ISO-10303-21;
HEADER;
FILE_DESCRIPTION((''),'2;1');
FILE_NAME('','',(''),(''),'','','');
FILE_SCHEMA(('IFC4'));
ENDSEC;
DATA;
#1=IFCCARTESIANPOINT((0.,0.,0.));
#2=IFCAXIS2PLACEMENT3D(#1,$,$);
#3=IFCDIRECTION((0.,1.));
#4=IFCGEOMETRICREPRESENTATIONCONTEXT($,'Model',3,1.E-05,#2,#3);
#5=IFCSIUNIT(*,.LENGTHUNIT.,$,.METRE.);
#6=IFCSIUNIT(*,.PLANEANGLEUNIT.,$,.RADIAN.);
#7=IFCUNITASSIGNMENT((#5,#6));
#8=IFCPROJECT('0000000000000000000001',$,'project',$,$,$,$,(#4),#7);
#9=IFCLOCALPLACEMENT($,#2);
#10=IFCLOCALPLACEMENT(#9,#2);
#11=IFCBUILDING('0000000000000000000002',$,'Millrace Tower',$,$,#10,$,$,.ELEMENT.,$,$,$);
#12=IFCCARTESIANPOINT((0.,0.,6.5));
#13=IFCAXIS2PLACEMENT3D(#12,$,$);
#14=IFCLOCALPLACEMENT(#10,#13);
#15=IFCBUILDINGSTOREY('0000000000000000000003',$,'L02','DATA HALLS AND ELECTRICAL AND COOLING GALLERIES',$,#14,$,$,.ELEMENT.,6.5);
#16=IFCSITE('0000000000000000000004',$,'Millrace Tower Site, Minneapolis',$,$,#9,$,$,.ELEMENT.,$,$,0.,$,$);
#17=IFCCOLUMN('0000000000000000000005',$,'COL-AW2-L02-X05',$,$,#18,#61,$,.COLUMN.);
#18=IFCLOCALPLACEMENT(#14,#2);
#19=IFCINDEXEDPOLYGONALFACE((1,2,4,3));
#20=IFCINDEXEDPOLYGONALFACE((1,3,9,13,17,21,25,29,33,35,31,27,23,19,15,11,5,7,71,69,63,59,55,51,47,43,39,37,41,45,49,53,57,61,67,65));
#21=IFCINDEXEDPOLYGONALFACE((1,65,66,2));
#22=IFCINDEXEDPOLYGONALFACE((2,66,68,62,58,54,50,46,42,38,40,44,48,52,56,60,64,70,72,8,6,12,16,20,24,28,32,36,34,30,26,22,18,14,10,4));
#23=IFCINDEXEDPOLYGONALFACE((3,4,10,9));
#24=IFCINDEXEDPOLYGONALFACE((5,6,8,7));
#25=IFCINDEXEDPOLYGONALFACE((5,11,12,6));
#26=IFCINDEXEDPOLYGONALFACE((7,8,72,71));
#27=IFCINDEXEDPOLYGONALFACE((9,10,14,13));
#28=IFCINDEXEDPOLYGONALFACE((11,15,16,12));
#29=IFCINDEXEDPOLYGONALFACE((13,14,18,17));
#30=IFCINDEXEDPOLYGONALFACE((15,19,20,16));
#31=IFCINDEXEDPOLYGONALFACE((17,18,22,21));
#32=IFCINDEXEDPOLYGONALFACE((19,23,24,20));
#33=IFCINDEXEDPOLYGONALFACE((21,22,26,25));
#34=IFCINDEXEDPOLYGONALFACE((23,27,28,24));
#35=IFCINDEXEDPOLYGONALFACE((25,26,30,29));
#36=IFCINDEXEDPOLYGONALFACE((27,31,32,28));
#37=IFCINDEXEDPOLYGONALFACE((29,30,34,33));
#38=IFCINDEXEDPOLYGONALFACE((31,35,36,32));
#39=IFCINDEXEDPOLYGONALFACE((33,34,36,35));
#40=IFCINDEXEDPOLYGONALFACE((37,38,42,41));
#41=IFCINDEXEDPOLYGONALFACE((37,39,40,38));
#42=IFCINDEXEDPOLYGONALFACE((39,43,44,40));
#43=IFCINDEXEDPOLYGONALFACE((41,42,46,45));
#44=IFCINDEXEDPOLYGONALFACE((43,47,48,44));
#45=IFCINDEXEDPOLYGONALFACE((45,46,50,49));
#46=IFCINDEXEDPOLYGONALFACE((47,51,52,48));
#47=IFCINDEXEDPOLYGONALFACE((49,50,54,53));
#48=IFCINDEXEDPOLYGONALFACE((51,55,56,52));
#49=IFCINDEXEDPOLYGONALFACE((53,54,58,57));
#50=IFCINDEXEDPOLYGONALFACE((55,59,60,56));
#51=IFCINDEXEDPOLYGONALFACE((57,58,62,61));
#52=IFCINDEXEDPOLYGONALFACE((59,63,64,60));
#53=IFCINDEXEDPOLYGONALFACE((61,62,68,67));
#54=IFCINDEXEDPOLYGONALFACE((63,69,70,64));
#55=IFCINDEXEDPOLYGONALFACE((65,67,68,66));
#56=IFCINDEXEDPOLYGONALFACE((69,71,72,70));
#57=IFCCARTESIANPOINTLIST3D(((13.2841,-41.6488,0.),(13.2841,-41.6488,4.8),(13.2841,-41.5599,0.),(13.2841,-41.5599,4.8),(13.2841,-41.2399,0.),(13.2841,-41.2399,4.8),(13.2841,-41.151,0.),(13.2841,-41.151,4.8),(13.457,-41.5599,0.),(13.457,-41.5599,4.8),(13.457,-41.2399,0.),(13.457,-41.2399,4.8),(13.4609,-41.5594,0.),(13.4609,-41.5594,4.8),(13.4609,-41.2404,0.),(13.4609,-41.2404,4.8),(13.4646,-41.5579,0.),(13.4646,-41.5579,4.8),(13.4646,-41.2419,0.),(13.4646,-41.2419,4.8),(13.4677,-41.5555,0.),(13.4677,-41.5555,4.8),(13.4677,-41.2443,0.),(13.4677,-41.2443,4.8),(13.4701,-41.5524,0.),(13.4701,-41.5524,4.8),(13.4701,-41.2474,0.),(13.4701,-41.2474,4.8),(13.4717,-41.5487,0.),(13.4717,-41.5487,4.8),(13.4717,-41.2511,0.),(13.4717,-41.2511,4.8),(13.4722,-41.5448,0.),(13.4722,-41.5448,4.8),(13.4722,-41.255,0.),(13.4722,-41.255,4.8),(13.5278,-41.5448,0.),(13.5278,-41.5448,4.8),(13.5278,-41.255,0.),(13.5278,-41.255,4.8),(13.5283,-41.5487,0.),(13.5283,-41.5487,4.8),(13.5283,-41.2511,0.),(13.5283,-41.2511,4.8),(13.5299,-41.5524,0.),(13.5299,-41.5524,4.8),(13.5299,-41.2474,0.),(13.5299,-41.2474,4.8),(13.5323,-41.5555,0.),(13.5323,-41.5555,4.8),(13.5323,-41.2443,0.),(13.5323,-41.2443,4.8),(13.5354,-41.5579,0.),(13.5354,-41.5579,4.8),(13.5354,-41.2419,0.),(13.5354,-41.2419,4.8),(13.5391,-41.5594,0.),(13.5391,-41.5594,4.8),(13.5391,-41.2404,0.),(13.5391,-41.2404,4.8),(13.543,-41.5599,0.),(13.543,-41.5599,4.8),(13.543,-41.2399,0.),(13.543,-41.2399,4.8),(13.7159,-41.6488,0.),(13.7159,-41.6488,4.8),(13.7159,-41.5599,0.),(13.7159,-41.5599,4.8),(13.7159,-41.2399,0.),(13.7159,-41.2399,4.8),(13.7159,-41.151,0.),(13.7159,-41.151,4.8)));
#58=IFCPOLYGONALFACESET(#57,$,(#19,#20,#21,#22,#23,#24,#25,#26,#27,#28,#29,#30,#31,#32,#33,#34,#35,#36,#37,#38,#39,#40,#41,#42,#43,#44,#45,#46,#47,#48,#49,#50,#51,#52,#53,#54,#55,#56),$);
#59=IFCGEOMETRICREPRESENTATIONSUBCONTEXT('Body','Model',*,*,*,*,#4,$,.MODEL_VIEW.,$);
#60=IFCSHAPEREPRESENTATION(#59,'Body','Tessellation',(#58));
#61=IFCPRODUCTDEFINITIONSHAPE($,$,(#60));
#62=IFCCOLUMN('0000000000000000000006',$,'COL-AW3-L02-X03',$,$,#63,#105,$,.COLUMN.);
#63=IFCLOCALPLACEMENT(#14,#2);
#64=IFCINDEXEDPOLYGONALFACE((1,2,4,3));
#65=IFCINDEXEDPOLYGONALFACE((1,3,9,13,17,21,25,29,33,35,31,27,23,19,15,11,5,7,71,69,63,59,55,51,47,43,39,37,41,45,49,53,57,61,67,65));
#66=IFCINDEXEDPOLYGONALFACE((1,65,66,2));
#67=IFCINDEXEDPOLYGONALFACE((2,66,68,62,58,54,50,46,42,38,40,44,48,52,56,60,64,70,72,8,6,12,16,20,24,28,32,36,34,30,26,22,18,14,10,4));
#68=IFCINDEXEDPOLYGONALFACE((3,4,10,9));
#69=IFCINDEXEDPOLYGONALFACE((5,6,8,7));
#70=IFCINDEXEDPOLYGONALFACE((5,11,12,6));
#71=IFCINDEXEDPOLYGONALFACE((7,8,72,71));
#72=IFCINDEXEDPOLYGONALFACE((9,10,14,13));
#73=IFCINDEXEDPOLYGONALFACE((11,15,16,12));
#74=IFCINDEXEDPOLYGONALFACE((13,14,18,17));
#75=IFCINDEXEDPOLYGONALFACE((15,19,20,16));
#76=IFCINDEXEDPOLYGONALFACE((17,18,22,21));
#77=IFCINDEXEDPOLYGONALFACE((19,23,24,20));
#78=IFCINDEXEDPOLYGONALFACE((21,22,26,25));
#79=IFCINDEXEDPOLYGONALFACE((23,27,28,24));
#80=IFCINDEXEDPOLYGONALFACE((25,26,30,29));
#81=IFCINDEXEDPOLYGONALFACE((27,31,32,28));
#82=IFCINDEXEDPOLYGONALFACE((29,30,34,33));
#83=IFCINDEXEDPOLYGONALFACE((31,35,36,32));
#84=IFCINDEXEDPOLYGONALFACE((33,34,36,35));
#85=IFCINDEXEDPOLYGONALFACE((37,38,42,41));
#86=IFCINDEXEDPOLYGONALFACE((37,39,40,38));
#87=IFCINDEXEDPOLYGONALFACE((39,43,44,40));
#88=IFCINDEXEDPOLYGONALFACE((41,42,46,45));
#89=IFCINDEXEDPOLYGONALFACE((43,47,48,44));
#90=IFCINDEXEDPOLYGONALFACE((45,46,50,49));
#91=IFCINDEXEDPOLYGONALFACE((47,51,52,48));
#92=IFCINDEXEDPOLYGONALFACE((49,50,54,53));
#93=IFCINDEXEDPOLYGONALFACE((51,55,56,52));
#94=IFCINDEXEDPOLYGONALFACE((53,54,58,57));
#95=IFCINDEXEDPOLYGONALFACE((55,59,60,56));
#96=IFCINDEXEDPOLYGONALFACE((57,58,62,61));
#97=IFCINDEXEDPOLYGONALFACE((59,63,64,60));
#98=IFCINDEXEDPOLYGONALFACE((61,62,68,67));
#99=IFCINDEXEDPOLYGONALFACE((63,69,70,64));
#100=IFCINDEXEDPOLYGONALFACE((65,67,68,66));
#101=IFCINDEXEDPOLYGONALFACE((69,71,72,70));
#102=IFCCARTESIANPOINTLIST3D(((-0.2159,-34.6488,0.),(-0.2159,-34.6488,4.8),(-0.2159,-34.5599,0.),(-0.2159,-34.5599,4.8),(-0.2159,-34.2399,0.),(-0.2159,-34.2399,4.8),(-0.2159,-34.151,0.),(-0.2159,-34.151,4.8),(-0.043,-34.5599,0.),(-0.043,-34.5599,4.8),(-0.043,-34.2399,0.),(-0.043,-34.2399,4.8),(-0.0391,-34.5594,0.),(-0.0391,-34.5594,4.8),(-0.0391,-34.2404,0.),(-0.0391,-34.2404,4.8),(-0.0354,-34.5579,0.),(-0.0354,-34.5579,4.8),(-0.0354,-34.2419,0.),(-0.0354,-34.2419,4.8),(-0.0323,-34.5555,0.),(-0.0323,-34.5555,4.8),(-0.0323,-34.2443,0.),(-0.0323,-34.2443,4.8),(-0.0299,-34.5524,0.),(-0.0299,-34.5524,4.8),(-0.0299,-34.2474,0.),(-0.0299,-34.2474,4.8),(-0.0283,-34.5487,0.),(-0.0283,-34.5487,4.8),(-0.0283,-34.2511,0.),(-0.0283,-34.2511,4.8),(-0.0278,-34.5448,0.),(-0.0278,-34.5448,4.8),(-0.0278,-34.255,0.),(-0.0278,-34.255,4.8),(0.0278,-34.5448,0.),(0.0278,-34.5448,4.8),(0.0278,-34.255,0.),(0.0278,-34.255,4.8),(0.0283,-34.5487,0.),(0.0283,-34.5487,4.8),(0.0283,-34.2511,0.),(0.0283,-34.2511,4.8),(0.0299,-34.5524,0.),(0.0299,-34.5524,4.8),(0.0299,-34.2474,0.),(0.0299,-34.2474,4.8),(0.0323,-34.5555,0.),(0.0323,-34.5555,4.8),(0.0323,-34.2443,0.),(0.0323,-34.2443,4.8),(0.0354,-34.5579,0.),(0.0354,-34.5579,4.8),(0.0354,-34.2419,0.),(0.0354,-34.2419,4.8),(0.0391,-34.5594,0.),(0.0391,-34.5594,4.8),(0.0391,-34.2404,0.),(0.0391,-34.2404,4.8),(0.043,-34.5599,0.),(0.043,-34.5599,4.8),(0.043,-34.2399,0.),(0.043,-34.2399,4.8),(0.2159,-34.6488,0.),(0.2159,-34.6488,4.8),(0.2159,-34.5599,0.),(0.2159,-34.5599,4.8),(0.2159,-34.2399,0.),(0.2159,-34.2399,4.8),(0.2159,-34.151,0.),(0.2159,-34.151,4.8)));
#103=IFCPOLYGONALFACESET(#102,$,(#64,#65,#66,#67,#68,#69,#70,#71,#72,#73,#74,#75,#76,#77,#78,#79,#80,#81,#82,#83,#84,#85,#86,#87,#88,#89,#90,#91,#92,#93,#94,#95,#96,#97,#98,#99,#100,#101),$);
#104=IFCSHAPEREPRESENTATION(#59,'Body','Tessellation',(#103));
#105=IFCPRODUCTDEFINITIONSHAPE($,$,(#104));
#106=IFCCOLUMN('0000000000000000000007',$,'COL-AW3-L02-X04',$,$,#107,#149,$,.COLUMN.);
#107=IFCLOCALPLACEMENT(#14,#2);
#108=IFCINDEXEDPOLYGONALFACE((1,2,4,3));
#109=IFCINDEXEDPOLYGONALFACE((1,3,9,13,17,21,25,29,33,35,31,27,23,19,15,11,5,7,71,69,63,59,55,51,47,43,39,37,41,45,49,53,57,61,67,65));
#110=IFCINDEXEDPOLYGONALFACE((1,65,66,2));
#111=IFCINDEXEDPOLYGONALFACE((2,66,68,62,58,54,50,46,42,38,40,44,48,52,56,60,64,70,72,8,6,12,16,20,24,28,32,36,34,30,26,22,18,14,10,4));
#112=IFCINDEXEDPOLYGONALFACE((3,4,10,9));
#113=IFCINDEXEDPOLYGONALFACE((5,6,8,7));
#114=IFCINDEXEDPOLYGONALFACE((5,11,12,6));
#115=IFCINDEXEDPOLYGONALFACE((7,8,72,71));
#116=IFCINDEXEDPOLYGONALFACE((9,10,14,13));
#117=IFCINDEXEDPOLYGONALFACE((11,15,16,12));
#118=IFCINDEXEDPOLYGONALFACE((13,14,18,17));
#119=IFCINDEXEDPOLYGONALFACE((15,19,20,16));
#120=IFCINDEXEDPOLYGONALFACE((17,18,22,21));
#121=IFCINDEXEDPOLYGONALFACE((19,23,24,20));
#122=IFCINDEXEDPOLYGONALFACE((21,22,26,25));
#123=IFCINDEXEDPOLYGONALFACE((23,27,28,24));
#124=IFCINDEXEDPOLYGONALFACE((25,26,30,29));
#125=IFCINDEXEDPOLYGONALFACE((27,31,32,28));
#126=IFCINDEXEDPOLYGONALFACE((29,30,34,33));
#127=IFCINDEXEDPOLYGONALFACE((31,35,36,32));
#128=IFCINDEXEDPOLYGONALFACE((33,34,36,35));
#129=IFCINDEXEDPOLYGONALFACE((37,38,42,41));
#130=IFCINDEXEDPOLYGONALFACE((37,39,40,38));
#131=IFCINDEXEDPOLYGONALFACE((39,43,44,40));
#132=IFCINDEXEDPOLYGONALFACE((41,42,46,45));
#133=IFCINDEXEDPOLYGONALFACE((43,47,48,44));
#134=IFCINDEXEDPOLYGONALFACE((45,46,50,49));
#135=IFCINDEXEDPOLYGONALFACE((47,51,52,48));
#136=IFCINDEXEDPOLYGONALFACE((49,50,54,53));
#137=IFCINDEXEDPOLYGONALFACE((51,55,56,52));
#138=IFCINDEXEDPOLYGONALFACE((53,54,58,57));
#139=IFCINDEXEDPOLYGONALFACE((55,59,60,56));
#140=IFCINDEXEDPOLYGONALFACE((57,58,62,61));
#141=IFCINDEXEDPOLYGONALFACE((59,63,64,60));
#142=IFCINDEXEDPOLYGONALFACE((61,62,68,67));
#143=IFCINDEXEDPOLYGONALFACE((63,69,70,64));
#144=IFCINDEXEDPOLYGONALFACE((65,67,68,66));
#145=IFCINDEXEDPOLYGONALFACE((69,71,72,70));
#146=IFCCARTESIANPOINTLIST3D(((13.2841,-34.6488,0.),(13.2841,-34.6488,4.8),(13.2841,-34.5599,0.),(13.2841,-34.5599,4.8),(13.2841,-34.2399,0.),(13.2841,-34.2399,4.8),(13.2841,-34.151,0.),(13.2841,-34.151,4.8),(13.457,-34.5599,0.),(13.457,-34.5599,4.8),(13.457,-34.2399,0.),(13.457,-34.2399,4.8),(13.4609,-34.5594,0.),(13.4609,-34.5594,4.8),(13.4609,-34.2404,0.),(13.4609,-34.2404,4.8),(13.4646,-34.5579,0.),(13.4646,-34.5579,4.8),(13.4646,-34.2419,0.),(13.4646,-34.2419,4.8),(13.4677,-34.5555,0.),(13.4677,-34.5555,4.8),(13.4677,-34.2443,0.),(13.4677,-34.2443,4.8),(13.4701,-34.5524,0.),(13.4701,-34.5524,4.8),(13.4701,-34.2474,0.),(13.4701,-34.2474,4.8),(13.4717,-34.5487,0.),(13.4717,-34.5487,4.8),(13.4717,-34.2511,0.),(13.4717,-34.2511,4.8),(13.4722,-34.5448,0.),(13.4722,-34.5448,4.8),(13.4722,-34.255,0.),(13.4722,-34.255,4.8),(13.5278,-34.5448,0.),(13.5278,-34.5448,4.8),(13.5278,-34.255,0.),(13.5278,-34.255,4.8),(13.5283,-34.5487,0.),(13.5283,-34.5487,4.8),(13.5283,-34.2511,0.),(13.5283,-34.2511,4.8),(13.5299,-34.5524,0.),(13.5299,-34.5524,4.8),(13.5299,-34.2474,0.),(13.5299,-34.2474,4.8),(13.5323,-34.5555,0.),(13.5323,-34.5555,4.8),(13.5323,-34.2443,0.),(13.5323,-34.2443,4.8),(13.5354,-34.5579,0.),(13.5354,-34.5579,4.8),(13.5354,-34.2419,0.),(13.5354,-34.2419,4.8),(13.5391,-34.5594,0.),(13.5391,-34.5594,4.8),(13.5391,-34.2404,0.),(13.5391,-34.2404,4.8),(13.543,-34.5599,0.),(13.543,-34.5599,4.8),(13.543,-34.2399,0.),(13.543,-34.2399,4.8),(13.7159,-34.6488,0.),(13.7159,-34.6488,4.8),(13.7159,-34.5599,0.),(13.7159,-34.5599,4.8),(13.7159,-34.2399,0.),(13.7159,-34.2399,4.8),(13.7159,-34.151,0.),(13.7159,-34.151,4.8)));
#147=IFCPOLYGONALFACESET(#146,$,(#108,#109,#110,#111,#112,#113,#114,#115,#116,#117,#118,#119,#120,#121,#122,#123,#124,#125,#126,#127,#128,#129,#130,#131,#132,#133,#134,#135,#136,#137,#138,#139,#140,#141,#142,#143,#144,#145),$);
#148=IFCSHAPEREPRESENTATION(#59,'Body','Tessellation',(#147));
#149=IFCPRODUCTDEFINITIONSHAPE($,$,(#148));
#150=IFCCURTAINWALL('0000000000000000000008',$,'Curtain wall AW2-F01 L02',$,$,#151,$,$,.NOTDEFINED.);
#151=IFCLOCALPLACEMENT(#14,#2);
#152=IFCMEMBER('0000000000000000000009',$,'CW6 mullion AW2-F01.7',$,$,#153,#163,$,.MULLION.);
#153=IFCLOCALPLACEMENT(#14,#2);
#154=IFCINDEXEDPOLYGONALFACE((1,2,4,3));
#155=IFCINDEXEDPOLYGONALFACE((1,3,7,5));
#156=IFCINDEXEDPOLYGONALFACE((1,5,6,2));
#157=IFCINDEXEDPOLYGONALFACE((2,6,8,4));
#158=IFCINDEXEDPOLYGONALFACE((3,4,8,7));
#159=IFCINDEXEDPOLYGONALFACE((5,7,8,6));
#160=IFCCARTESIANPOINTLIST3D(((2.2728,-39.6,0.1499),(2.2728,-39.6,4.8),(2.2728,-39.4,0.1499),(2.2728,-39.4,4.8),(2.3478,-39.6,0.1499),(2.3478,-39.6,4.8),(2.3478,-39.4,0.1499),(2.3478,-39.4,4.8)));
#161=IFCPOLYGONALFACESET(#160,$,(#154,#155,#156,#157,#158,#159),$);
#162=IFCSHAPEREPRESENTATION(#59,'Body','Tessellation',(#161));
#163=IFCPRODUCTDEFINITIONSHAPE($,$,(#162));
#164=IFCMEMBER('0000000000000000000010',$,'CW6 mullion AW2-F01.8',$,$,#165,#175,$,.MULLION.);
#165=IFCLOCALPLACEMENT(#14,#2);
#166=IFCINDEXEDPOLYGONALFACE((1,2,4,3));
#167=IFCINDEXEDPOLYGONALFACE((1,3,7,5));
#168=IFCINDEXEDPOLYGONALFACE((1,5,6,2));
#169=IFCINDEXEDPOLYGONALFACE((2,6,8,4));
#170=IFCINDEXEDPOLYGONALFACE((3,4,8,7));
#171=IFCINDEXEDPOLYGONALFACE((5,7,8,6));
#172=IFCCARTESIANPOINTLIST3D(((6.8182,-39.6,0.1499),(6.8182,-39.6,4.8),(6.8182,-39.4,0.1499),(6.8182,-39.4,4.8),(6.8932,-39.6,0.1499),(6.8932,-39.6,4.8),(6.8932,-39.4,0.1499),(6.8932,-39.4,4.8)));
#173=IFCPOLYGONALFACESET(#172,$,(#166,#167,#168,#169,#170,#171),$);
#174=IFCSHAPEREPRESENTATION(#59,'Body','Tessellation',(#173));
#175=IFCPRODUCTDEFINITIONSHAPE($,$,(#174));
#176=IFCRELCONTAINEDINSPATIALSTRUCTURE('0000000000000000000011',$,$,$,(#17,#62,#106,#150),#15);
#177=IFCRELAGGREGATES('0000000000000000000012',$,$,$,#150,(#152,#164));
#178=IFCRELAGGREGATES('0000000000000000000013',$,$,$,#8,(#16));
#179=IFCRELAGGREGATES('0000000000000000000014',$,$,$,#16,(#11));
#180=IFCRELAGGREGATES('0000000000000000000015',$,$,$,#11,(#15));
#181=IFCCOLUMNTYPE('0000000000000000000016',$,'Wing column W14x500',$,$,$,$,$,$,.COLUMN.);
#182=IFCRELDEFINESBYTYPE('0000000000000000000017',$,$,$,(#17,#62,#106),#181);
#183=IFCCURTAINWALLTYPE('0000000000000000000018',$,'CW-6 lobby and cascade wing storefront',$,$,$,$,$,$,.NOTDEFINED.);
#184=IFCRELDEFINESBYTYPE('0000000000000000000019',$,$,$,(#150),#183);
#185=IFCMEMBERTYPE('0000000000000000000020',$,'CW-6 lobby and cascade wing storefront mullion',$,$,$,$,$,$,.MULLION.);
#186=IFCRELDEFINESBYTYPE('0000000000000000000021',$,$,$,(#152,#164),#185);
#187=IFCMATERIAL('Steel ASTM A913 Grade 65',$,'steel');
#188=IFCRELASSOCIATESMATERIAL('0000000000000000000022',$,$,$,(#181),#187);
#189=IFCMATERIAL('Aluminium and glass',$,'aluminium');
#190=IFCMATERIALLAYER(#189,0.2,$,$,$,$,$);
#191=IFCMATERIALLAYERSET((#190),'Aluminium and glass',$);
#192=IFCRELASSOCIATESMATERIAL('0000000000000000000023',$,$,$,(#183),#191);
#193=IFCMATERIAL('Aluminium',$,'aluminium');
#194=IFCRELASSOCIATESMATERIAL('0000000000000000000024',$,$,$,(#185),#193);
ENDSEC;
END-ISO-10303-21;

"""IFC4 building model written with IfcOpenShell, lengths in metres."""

from ifc_helpers import new_model, si_unit, direction, frame, origin, origin_2d, place, context, subcontext, project, spatial, rectangle, i_section, extrude, material, layer, layer_set, material_profile, profile_set, type_object, element, aggregate, save


model = new_model("IFC4")

# Units and contexts
model_context = context("Model", 3, precision=1e-05, world=origin(), true_north=direction((0.0, 1.0)))
body_context = subcontext(model_context, "Body", "Model", "MODEL_VIEW")
ifc_project = project(units=[si_unit("LENGTHUNIT", "METRE"), si_unit("PLANEANGLEUNIT", "RADIAN")], contexts=[model_context])

# Site, building, storey
site_placement = place(None, origin())
site = spatial("IfcSite", under=ifc_project, at=site_placement, Name="Millrace Tower Site, Minneapolis", CompositionType="ELEMENT", RefElevation=0.0)
building_placement = place(site_placement, origin())
building = spatial("IfcBuilding", under=site, at=building_placement, Name="Millrace Tower", CompositionType="ELEMENT")
storey_placement = place(building_placement, frame((0.0, 0.0, 6.5)))
storey = spatial("IfcBuildingStorey", under=building, at=storey_placement, Name="L02", Description="DATA HALLS AND ELECTRICAL AND COOLING GALLERIES", CompositionType="ELEMENT", Elevation=6.5)

# Columns
ifc_material_1 = material(Name="Steel ASTM A913 Grade 65", Category="steel")
ifc_material_profile_1 = material_profile(ifc_material_1, i_section(OverallWidth=0.4319, OverallDepth=0.4978, WebThickness=0.0557, FlangeThickness=0.0889, FilletRadius=0.0151, at=origin_2d()))
ifc_profile_set_1 = profile_set([ifc_material_profile_1], Name="Steel ASTM A913 Grade 65")
column_type = type_object("IfcColumnType", Name="Wing column W14x500", PredefinedType="COLUMN", material=ifc_profile_set_1)
for number, where, z_axis, x_axis, name in (
    (1, (13.5, -41.3999, 0.0), (0.0, 0.0, 1.0), (1.0, 0.0, 0.0), "COL-AW2-L02-X05"),
    (2, (0.0, -34.3999, 0.0), (0.0, 0.0, 1.0), (1.0, 0.0, 0.0), "COL-AW3-L02-X03"),
    (3, (13.5, -34.3999, 0.0), (0.0, 0.0, 1.0), (1.0, 0.0, 0.0), "COL-AW3-L02-X04"),
):
    element("IfcColumn", number, at=place(storey_placement, frame(where, z_axis=z_axis, x_axis=x_axis)), inside=storey, type_object=column_type, Name=name, PredefinedType="COLUMN", context=body_context, shape_type="SweptSolid", body=[
        extrude(i_section(OverallWidth=0.4319, OverallDepth=0.4978, WebThickness=0.0557, FlangeThickness=0.0889, FilletRadius=0.0151, at=origin_2d()), origin(), (0.0, 0.0, 1.0), 4.8),
    ])

# Curtain wall, members
ifc_material_2 = material(Name="Aluminium and glass", Category="aluminium")
ifc_layer_1 = layer(ifc_material_2, 0.2)
ifc_layer_set_1 = layer_set([ifc_layer_1], Name="Aluminium and glass")
curtain_wall_type = type_object("IfcCurtainWallType", Name="CW-6 lobby and cascade wing storefront", PredefinedType="NOTDEFINED", material=ifc_layer_set_1)
curtain_wall_placement = place(storey_placement, origin())
curtain_wall = element("IfcCurtainWall", 4, at=curtain_wall_placement, inside=storey, type_object=curtain_wall_type, Name="Curtain wall AW2-F01 L02", PredefinedType="NOTDEFINED")
ifc_material_3 = material(Name="Aluminium", Category="aluminium")
ifc_material_profile_2 = material_profile(ifc_material_3, rectangle(XDim=0.075, YDim=0.2, at=origin_2d()))
ifc_profile_set_2 = profile_set([ifc_material_profile_2], Name="Aluminium")
member_type = type_object("IfcMemberType", Name="CW-6 lobby and cascade wing storefront mullion", PredefinedType="MULLION", material=ifc_profile_set_2)
member_1_placement = place(storey_placement, frame((2.3103, -39.5, 0.1499), z_axis=(0.0, 0.0, 1.0), x_axis=(1.0, 0.0, 0.0)))
member_1 = element("IfcMember", 5, at=member_1_placement, type_object=member_type, Name="CW6 mullion AW2-F01.7", PredefinedType="MULLION", context=body_context, shape_type="SweptSolid", body=[
    extrude(rectangle(XDim=0.075, YDim=0.2, at=origin_2d()), origin(), (0.0, 0.0, 1.0), 4.6501),
])
member_2_placement = place(storey_placement, frame((6.8557, -39.5, 0.1499), z_axis=(0.0, 0.0, 1.0), x_axis=(1.0, 0.0, 0.0)))
member_2 = element("IfcMember", 6, at=member_2_placement, type_object=member_type, Name="CW6 mullion AW2-F01.8", PredefinedType="MULLION", context=body_context, shape_type="SweptSolid", body=[
    extrude(rectangle(XDim=0.075, YDim=0.2, at=origin_2d()), origin(), (0.0, 0.0, 1.0), 4.6501),
])
aggregate(curtain_wall, [member_1, member_2])

save(model, "model.ifc")
